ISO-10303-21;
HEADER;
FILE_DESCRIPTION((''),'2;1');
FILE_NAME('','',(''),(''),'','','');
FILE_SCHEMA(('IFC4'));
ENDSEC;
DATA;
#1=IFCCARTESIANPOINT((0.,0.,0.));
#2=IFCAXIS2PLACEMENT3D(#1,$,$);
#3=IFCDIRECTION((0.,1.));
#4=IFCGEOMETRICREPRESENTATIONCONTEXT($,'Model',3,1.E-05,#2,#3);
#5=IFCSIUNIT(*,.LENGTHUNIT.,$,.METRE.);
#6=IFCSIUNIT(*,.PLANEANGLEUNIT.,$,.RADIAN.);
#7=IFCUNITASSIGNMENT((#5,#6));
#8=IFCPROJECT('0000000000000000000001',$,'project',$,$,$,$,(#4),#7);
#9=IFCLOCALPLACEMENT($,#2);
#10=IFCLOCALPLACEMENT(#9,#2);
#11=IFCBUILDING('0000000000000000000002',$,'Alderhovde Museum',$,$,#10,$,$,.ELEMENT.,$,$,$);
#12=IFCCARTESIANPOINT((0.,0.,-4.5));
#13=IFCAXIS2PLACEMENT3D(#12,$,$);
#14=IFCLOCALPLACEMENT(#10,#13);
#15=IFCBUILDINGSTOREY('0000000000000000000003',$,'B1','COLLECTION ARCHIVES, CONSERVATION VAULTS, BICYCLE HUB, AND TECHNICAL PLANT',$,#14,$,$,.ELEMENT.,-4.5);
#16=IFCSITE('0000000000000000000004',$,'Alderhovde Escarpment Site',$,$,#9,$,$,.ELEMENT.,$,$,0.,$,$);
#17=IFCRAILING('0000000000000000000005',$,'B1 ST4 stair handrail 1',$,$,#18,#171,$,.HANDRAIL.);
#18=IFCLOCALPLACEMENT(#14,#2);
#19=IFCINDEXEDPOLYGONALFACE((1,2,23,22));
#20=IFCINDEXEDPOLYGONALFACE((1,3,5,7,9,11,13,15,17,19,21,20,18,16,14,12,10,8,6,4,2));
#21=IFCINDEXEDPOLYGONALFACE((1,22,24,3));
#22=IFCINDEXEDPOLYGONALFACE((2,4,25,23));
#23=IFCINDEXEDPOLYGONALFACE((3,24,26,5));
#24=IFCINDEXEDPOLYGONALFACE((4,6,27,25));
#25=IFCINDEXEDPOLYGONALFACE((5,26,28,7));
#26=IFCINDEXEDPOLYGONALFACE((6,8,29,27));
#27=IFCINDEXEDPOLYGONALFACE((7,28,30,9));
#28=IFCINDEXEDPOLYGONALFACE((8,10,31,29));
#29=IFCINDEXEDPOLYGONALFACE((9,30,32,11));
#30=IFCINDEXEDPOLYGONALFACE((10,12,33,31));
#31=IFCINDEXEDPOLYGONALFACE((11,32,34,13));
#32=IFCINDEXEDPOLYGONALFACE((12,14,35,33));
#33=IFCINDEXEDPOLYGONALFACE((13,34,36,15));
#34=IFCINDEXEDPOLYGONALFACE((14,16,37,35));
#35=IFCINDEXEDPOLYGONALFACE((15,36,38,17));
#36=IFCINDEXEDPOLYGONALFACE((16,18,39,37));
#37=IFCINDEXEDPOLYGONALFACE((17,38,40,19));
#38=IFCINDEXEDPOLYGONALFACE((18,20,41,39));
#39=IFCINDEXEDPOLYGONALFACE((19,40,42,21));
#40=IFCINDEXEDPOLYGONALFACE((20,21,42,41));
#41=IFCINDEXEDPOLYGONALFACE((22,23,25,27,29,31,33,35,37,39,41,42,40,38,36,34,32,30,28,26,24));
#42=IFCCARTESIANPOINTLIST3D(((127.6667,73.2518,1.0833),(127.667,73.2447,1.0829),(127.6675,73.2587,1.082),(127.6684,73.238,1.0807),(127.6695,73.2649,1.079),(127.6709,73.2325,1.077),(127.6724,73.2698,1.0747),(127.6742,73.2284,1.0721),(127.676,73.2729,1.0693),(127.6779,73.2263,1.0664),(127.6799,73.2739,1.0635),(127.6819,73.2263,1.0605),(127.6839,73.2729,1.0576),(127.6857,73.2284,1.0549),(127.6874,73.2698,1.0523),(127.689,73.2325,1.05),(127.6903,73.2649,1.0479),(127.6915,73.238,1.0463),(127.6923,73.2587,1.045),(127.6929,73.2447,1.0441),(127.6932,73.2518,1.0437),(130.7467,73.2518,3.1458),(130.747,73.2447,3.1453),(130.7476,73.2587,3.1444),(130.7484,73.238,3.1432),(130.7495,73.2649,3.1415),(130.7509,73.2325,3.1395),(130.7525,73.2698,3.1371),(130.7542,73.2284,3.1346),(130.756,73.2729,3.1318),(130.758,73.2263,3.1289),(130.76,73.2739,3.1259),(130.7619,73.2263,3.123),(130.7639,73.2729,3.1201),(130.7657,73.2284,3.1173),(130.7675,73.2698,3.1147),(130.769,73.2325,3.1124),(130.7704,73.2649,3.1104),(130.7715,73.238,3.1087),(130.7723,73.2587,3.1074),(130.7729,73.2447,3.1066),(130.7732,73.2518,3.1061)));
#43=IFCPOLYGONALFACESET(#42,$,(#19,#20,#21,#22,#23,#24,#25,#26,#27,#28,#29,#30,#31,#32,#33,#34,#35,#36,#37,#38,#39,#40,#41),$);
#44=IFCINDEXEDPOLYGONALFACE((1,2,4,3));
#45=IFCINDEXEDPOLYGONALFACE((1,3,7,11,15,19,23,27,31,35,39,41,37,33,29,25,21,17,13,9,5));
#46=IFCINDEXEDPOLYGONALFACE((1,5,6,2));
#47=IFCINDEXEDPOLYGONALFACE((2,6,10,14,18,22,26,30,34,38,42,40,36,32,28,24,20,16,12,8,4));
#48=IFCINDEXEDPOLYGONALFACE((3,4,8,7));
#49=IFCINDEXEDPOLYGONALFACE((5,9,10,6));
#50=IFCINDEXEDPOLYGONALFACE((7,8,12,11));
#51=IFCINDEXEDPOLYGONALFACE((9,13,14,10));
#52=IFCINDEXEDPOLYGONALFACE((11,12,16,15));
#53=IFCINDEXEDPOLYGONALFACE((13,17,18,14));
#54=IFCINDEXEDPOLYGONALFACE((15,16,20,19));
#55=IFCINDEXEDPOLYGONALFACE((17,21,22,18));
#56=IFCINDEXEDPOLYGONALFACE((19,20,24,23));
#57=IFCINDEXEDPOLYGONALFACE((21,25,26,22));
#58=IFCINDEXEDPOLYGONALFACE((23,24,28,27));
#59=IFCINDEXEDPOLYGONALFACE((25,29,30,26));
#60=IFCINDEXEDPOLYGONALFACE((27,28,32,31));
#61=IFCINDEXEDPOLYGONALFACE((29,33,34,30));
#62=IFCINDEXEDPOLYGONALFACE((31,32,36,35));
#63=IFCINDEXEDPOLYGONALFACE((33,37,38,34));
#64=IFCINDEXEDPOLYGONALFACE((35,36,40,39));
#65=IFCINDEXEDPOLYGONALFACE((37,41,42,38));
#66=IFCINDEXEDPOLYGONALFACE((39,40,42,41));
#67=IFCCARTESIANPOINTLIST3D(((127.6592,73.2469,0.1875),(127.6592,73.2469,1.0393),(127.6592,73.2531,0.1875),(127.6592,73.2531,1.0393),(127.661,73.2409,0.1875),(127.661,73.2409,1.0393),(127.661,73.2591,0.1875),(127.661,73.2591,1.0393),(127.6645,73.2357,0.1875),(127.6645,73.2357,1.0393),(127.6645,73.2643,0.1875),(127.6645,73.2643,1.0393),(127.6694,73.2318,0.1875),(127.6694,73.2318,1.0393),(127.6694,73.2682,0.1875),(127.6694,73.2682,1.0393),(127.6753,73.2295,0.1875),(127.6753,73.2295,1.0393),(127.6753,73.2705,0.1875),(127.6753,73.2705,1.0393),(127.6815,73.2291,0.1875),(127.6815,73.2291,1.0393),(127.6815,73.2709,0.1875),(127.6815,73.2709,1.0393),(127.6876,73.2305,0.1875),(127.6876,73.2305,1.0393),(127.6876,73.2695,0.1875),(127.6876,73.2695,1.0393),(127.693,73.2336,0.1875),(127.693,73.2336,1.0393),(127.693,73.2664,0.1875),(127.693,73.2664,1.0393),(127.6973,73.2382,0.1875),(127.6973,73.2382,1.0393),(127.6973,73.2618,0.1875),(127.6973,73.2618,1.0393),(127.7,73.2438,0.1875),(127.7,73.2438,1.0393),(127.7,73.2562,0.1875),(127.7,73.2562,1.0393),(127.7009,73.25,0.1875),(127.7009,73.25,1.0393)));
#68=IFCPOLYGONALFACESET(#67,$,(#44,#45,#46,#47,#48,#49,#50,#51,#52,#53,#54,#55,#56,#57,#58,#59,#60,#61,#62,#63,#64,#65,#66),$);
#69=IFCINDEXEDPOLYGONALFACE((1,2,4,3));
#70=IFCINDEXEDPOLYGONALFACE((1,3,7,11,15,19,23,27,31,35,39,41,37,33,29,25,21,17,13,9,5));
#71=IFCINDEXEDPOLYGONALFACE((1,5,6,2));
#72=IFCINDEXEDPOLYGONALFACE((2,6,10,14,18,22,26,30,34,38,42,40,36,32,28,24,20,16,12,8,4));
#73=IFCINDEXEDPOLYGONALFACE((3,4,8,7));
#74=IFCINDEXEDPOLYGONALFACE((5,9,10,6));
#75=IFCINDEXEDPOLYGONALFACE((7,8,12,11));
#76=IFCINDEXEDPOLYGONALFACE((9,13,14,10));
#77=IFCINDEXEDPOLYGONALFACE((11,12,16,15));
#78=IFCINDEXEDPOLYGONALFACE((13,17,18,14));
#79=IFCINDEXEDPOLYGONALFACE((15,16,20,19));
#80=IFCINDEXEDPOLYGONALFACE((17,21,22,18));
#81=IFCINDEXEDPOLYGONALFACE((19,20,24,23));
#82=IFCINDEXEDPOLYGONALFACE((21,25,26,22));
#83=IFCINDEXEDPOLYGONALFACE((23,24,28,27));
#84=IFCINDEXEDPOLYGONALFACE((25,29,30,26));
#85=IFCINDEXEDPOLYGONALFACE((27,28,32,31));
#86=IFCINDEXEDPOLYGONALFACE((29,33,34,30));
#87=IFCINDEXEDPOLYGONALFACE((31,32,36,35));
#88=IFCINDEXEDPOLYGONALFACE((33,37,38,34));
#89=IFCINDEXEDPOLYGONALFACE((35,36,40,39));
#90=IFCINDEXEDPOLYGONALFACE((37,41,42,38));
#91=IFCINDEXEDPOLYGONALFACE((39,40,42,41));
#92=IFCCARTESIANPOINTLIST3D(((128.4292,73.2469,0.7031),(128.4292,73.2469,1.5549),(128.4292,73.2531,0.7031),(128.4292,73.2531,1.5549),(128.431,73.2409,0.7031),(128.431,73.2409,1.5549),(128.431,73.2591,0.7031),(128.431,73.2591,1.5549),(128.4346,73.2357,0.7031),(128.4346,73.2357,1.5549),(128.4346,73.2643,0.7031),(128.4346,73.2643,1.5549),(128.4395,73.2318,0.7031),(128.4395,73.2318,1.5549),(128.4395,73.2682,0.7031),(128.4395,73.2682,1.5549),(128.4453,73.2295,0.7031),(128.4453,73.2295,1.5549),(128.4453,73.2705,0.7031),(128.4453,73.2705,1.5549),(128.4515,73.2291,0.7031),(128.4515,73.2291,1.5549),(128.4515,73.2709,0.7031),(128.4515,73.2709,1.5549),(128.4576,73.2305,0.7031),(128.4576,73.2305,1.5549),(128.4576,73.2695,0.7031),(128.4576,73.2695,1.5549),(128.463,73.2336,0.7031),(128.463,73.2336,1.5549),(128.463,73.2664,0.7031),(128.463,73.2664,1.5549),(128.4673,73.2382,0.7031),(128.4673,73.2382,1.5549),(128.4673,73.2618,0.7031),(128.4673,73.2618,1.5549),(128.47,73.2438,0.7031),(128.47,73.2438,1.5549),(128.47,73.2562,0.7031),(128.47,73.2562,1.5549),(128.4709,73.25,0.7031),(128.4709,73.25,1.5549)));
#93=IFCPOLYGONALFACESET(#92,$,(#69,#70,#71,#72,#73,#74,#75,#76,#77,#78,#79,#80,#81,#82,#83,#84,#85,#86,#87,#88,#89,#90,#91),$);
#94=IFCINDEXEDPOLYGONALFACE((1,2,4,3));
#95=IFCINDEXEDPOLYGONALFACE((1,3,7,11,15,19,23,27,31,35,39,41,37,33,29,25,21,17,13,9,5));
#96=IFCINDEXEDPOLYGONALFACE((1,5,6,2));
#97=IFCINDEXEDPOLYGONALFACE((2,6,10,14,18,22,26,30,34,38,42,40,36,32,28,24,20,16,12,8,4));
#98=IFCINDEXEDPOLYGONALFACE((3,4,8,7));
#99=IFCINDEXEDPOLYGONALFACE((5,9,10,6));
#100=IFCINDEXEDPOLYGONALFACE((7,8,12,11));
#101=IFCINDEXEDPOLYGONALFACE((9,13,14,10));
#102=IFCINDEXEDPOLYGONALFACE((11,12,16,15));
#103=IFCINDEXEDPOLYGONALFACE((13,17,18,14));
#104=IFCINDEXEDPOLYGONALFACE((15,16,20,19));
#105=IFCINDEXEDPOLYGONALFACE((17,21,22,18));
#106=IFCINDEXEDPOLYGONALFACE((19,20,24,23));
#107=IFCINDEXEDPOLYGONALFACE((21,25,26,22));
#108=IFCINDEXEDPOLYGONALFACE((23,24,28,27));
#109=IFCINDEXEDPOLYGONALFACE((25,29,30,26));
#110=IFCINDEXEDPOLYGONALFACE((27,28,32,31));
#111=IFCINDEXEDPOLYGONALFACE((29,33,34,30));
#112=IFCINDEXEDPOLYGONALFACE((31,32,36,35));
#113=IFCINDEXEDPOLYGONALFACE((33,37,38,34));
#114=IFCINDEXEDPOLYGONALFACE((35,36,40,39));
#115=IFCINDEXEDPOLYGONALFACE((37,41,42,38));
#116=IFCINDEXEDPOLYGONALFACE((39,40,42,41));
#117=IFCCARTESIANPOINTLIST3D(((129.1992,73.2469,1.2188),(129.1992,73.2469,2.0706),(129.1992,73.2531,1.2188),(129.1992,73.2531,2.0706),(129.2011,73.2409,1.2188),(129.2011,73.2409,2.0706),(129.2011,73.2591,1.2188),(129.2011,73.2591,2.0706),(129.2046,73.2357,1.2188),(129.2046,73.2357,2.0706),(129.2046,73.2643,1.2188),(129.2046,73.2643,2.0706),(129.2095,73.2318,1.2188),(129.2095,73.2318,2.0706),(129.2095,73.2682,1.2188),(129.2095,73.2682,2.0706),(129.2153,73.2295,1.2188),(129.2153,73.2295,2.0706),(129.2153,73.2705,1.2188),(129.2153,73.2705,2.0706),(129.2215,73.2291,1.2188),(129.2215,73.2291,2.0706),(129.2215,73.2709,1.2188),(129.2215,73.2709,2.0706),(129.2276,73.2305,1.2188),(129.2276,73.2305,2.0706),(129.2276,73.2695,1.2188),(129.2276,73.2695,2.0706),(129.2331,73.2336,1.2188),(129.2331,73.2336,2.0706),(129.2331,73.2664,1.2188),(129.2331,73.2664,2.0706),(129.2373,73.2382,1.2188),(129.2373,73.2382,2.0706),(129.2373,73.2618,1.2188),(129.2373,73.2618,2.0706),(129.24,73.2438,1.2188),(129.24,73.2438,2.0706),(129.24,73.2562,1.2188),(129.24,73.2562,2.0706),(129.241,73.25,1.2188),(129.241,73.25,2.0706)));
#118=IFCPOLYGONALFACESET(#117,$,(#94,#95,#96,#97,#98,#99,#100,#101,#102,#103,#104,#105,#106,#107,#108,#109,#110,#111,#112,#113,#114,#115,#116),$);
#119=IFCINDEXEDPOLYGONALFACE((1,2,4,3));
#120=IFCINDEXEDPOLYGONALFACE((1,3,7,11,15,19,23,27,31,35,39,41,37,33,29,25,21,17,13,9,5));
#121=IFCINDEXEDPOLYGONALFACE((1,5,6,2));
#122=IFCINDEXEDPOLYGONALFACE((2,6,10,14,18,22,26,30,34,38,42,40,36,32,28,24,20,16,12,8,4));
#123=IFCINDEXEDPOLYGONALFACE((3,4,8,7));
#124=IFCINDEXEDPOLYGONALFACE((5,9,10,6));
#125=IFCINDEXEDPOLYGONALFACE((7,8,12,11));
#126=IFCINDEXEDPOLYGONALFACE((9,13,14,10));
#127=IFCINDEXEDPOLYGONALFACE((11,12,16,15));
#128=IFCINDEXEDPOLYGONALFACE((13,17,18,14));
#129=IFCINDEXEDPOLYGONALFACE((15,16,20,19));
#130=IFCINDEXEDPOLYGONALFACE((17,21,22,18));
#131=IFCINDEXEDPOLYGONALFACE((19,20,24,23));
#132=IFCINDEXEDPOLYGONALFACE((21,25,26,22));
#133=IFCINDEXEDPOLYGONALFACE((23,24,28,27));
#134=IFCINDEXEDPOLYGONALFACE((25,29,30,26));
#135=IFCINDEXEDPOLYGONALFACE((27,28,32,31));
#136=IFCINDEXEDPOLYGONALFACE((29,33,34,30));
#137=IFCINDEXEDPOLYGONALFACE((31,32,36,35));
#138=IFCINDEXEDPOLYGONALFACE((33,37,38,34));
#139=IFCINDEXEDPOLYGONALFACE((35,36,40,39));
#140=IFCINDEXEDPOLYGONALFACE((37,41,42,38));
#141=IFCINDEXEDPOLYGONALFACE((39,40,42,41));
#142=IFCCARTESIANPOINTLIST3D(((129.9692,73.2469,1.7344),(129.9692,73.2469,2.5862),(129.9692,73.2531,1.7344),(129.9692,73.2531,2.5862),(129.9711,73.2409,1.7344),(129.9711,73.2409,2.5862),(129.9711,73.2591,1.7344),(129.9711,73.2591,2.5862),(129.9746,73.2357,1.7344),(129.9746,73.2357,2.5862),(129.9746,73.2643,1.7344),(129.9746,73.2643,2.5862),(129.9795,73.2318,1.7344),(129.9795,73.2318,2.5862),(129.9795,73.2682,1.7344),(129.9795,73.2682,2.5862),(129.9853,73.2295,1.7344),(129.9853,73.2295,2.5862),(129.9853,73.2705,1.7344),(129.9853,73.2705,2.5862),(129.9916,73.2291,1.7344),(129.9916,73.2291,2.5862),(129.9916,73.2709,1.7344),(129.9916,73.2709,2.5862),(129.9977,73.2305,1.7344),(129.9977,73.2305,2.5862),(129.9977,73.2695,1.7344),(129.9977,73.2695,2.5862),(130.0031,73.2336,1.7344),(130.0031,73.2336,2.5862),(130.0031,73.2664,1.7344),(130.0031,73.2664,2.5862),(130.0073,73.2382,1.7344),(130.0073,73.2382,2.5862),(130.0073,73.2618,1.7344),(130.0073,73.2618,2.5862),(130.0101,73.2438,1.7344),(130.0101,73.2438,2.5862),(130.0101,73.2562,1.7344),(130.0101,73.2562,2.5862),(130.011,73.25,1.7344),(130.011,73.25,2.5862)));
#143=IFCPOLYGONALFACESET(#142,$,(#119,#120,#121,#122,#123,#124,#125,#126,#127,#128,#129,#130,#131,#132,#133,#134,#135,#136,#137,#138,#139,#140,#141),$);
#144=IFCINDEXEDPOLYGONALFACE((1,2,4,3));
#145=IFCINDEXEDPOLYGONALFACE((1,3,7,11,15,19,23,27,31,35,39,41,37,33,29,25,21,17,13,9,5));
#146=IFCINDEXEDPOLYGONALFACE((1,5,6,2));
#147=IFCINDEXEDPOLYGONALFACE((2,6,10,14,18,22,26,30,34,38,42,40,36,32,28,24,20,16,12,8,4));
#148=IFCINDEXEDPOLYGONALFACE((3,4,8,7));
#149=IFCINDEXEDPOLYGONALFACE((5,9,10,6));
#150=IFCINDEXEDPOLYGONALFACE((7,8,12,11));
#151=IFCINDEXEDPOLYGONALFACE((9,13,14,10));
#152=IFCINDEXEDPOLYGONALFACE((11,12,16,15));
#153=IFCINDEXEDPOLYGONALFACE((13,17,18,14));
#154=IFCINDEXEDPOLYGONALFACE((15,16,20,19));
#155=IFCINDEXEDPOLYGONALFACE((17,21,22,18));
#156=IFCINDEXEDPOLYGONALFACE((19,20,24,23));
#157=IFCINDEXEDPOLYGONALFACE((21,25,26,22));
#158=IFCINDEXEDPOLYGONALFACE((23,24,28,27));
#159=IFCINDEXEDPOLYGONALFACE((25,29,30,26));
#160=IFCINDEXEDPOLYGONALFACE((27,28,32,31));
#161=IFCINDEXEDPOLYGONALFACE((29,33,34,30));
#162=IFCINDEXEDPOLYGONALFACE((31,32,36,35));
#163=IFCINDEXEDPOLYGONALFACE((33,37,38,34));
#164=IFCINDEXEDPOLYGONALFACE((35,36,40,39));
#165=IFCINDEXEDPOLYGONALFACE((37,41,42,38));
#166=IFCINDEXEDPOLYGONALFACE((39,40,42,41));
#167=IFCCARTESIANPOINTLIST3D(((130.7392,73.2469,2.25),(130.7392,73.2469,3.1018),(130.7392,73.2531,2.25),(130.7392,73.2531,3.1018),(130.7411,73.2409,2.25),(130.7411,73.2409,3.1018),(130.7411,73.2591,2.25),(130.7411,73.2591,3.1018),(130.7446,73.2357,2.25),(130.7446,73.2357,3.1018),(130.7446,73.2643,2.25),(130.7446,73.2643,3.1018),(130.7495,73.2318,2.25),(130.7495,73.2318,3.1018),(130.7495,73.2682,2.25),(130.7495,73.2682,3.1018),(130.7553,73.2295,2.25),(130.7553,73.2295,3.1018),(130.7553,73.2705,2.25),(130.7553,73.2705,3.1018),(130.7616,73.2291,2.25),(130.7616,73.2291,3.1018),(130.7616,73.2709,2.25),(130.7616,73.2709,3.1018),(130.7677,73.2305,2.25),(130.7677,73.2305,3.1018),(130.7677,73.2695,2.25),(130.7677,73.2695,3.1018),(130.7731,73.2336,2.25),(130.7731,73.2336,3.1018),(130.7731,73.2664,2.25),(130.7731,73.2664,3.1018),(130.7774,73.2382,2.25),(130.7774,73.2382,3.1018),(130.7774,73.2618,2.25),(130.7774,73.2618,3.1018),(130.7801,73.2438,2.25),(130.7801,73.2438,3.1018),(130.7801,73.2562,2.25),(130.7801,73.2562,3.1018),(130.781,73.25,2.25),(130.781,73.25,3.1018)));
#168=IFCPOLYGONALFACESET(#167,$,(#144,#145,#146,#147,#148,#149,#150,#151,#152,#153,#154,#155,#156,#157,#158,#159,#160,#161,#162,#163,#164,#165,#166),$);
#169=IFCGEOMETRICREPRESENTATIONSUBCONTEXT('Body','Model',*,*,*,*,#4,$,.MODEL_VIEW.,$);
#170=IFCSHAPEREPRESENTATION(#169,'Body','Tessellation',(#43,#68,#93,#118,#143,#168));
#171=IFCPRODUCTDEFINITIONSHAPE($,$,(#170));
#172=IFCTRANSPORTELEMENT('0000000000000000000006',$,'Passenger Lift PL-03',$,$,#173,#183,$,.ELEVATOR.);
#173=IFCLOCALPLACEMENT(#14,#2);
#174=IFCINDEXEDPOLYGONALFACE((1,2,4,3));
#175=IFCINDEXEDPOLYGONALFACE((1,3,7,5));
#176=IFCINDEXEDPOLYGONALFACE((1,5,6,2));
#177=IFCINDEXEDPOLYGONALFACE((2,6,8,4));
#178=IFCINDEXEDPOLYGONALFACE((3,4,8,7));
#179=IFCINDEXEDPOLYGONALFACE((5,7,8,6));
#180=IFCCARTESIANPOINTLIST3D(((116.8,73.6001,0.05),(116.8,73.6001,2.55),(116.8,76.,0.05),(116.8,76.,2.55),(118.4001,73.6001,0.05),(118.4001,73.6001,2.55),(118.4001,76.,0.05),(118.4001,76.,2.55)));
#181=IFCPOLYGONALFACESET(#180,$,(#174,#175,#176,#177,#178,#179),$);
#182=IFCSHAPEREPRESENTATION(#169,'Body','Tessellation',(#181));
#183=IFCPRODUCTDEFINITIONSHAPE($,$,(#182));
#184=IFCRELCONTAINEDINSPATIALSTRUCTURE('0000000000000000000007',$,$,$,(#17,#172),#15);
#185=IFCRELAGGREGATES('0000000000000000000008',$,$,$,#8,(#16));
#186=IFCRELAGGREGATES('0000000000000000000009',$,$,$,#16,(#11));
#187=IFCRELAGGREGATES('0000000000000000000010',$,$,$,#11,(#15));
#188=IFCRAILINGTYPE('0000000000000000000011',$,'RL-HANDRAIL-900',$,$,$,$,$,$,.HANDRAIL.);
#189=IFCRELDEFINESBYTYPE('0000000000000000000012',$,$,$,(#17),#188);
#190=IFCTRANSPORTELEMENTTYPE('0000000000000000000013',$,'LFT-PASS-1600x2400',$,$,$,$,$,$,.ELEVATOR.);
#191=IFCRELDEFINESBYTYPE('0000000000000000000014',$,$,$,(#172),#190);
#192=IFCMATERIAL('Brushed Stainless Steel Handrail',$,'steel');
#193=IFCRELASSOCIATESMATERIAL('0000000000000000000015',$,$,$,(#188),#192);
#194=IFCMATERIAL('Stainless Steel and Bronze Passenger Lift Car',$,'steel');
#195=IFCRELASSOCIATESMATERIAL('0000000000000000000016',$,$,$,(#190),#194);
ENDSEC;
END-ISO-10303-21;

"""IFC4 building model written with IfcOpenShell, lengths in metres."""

from ifc_helpers import new_model, si_unit, direction, frame, origin, origin_2d, place, context, subcontext, project, spatial, rectangle, circle, extrude, material, type_object, element, save


model = new_model("IFC4")

# Units and contexts
model_context = context("Model", 3, precision=1e-05, world=origin(), true_north=direction((0.0, 1.0)))
body_context = subcontext(model_context, "Body", "Model", "MODEL_VIEW")
ifc_project = project(units=[si_unit("LENGTHUNIT", "METRE"), si_unit("PLANEANGLEUNIT", "RADIAN")], contexts=[model_context])

# Site, building, storey
site_placement = place(None, origin())
site = spatial("IfcSite", under=ifc_project, at=site_placement, Name="Alderhovde Escarpment Site", CompositionType="ELEMENT", RefElevation=0.0)
building_placement = place(site_placement, origin())
building = spatial("IfcBuilding", under=site, at=building_placement, Name="Alderhovde Museum", CompositionType="ELEMENT")
storey_placement = place(building_placement, frame((0.0, 0.0, -4.5)))
storey = spatial("IfcBuildingStorey", under=building, at=storey_placement, Name="B1", Description="COLLECTION ARCHIVES, CONSERVATION VAULTS, BICYCLE HUB, AND TECHNICAL PLANT", CompositionType="ELEMENT", Elevation=-4.5)

# Railing
ifc_material_1 = material(Name="Brushed Stainless Steel Handrail", Category="steel")
railing_type_1 = type_object("IfcRailingType", Name="RL-HANDRAIL-900", PredefinedType="HANDRAIL", material=ifc_material_1)
railing_1_placement = place(storey_placement, frame((127.6799, 73.25, 0.1875)))
element("IfcRailing", 1, at=railing_1_placement, inside=storey, type_object=railing_type_1, Name="B1 ST4 stair handrail 1", PredefinedType="HANDRAIL", context=body_context, shape_type="SweptSolid", body=[
    extrude(circle(Radius=0.0239, at=origin_2d()), frame((0.0, 0.0, 0.876), z_axis=(0.830914, 0.0, 0.556401), x_axis=(0.0, 1.0, 0.0)), (0.0, 0.0, 1.0), 3.7068),
    extrude(circle(Radius=0.021, at=origin_2d()), origin(), (0.0, 0.0, 1.0), 0.8518),
    extrude(circle(Radius=0.021, at=origin_2d()), frame((0.77, 0.0, 0.5156)), (0.0, 0.0, 1.0), 0.8518),
    extrude(circle(Radius=0.021, at=origin_2d()), frame((1.54, 0.0, 1.0312)), (0.0, 0.0, 1.0), 0.8518),
    extrude(circle(Radius=0.021, at=origin_2d()), frame((2.3101, 0.0, 1.5469)), (0.0, 0.0, 1.0), 0.8518),
    extrude(circle(Radius=0.021, at=origin_2d()), frame((3.0801, 0.0, 2.0625)), (0.0, 0.0, 1.0), 0.8518),
])

# Transport element
ifc_material_2 = material(Name="Stainless Steel and Bronze Passenger Lift Car", Category="steel")
transport_element_type = type_object("IfcTransportElementType", Name="LFT-PASS-1600x2400", PredefinedType="ELEVATOR", material=ifc_material_2)
transport_element_placement = place(storey_placement, frame((117.6001, 74.8, 0.05), z_axis=(0.0, 0.0, 1.0), x_axis=(1.0, 0.0, 0.0)))
element("IfcTransportElement", 2, at=transport_element_placement, inside=storey, type_object=transport_element_type, Name="Passenger Lift PL-03", PredefinedType="ELEVATOR", context=body_context, shape_type="SweptSolid", body=[
    extrude(rectangle(XDim=1.6001, YDim=2.3999, at=origin_2d()), origin(), (0.0, 0.0, 1.0), 2.5),
])

save(model, "model.ifc")
